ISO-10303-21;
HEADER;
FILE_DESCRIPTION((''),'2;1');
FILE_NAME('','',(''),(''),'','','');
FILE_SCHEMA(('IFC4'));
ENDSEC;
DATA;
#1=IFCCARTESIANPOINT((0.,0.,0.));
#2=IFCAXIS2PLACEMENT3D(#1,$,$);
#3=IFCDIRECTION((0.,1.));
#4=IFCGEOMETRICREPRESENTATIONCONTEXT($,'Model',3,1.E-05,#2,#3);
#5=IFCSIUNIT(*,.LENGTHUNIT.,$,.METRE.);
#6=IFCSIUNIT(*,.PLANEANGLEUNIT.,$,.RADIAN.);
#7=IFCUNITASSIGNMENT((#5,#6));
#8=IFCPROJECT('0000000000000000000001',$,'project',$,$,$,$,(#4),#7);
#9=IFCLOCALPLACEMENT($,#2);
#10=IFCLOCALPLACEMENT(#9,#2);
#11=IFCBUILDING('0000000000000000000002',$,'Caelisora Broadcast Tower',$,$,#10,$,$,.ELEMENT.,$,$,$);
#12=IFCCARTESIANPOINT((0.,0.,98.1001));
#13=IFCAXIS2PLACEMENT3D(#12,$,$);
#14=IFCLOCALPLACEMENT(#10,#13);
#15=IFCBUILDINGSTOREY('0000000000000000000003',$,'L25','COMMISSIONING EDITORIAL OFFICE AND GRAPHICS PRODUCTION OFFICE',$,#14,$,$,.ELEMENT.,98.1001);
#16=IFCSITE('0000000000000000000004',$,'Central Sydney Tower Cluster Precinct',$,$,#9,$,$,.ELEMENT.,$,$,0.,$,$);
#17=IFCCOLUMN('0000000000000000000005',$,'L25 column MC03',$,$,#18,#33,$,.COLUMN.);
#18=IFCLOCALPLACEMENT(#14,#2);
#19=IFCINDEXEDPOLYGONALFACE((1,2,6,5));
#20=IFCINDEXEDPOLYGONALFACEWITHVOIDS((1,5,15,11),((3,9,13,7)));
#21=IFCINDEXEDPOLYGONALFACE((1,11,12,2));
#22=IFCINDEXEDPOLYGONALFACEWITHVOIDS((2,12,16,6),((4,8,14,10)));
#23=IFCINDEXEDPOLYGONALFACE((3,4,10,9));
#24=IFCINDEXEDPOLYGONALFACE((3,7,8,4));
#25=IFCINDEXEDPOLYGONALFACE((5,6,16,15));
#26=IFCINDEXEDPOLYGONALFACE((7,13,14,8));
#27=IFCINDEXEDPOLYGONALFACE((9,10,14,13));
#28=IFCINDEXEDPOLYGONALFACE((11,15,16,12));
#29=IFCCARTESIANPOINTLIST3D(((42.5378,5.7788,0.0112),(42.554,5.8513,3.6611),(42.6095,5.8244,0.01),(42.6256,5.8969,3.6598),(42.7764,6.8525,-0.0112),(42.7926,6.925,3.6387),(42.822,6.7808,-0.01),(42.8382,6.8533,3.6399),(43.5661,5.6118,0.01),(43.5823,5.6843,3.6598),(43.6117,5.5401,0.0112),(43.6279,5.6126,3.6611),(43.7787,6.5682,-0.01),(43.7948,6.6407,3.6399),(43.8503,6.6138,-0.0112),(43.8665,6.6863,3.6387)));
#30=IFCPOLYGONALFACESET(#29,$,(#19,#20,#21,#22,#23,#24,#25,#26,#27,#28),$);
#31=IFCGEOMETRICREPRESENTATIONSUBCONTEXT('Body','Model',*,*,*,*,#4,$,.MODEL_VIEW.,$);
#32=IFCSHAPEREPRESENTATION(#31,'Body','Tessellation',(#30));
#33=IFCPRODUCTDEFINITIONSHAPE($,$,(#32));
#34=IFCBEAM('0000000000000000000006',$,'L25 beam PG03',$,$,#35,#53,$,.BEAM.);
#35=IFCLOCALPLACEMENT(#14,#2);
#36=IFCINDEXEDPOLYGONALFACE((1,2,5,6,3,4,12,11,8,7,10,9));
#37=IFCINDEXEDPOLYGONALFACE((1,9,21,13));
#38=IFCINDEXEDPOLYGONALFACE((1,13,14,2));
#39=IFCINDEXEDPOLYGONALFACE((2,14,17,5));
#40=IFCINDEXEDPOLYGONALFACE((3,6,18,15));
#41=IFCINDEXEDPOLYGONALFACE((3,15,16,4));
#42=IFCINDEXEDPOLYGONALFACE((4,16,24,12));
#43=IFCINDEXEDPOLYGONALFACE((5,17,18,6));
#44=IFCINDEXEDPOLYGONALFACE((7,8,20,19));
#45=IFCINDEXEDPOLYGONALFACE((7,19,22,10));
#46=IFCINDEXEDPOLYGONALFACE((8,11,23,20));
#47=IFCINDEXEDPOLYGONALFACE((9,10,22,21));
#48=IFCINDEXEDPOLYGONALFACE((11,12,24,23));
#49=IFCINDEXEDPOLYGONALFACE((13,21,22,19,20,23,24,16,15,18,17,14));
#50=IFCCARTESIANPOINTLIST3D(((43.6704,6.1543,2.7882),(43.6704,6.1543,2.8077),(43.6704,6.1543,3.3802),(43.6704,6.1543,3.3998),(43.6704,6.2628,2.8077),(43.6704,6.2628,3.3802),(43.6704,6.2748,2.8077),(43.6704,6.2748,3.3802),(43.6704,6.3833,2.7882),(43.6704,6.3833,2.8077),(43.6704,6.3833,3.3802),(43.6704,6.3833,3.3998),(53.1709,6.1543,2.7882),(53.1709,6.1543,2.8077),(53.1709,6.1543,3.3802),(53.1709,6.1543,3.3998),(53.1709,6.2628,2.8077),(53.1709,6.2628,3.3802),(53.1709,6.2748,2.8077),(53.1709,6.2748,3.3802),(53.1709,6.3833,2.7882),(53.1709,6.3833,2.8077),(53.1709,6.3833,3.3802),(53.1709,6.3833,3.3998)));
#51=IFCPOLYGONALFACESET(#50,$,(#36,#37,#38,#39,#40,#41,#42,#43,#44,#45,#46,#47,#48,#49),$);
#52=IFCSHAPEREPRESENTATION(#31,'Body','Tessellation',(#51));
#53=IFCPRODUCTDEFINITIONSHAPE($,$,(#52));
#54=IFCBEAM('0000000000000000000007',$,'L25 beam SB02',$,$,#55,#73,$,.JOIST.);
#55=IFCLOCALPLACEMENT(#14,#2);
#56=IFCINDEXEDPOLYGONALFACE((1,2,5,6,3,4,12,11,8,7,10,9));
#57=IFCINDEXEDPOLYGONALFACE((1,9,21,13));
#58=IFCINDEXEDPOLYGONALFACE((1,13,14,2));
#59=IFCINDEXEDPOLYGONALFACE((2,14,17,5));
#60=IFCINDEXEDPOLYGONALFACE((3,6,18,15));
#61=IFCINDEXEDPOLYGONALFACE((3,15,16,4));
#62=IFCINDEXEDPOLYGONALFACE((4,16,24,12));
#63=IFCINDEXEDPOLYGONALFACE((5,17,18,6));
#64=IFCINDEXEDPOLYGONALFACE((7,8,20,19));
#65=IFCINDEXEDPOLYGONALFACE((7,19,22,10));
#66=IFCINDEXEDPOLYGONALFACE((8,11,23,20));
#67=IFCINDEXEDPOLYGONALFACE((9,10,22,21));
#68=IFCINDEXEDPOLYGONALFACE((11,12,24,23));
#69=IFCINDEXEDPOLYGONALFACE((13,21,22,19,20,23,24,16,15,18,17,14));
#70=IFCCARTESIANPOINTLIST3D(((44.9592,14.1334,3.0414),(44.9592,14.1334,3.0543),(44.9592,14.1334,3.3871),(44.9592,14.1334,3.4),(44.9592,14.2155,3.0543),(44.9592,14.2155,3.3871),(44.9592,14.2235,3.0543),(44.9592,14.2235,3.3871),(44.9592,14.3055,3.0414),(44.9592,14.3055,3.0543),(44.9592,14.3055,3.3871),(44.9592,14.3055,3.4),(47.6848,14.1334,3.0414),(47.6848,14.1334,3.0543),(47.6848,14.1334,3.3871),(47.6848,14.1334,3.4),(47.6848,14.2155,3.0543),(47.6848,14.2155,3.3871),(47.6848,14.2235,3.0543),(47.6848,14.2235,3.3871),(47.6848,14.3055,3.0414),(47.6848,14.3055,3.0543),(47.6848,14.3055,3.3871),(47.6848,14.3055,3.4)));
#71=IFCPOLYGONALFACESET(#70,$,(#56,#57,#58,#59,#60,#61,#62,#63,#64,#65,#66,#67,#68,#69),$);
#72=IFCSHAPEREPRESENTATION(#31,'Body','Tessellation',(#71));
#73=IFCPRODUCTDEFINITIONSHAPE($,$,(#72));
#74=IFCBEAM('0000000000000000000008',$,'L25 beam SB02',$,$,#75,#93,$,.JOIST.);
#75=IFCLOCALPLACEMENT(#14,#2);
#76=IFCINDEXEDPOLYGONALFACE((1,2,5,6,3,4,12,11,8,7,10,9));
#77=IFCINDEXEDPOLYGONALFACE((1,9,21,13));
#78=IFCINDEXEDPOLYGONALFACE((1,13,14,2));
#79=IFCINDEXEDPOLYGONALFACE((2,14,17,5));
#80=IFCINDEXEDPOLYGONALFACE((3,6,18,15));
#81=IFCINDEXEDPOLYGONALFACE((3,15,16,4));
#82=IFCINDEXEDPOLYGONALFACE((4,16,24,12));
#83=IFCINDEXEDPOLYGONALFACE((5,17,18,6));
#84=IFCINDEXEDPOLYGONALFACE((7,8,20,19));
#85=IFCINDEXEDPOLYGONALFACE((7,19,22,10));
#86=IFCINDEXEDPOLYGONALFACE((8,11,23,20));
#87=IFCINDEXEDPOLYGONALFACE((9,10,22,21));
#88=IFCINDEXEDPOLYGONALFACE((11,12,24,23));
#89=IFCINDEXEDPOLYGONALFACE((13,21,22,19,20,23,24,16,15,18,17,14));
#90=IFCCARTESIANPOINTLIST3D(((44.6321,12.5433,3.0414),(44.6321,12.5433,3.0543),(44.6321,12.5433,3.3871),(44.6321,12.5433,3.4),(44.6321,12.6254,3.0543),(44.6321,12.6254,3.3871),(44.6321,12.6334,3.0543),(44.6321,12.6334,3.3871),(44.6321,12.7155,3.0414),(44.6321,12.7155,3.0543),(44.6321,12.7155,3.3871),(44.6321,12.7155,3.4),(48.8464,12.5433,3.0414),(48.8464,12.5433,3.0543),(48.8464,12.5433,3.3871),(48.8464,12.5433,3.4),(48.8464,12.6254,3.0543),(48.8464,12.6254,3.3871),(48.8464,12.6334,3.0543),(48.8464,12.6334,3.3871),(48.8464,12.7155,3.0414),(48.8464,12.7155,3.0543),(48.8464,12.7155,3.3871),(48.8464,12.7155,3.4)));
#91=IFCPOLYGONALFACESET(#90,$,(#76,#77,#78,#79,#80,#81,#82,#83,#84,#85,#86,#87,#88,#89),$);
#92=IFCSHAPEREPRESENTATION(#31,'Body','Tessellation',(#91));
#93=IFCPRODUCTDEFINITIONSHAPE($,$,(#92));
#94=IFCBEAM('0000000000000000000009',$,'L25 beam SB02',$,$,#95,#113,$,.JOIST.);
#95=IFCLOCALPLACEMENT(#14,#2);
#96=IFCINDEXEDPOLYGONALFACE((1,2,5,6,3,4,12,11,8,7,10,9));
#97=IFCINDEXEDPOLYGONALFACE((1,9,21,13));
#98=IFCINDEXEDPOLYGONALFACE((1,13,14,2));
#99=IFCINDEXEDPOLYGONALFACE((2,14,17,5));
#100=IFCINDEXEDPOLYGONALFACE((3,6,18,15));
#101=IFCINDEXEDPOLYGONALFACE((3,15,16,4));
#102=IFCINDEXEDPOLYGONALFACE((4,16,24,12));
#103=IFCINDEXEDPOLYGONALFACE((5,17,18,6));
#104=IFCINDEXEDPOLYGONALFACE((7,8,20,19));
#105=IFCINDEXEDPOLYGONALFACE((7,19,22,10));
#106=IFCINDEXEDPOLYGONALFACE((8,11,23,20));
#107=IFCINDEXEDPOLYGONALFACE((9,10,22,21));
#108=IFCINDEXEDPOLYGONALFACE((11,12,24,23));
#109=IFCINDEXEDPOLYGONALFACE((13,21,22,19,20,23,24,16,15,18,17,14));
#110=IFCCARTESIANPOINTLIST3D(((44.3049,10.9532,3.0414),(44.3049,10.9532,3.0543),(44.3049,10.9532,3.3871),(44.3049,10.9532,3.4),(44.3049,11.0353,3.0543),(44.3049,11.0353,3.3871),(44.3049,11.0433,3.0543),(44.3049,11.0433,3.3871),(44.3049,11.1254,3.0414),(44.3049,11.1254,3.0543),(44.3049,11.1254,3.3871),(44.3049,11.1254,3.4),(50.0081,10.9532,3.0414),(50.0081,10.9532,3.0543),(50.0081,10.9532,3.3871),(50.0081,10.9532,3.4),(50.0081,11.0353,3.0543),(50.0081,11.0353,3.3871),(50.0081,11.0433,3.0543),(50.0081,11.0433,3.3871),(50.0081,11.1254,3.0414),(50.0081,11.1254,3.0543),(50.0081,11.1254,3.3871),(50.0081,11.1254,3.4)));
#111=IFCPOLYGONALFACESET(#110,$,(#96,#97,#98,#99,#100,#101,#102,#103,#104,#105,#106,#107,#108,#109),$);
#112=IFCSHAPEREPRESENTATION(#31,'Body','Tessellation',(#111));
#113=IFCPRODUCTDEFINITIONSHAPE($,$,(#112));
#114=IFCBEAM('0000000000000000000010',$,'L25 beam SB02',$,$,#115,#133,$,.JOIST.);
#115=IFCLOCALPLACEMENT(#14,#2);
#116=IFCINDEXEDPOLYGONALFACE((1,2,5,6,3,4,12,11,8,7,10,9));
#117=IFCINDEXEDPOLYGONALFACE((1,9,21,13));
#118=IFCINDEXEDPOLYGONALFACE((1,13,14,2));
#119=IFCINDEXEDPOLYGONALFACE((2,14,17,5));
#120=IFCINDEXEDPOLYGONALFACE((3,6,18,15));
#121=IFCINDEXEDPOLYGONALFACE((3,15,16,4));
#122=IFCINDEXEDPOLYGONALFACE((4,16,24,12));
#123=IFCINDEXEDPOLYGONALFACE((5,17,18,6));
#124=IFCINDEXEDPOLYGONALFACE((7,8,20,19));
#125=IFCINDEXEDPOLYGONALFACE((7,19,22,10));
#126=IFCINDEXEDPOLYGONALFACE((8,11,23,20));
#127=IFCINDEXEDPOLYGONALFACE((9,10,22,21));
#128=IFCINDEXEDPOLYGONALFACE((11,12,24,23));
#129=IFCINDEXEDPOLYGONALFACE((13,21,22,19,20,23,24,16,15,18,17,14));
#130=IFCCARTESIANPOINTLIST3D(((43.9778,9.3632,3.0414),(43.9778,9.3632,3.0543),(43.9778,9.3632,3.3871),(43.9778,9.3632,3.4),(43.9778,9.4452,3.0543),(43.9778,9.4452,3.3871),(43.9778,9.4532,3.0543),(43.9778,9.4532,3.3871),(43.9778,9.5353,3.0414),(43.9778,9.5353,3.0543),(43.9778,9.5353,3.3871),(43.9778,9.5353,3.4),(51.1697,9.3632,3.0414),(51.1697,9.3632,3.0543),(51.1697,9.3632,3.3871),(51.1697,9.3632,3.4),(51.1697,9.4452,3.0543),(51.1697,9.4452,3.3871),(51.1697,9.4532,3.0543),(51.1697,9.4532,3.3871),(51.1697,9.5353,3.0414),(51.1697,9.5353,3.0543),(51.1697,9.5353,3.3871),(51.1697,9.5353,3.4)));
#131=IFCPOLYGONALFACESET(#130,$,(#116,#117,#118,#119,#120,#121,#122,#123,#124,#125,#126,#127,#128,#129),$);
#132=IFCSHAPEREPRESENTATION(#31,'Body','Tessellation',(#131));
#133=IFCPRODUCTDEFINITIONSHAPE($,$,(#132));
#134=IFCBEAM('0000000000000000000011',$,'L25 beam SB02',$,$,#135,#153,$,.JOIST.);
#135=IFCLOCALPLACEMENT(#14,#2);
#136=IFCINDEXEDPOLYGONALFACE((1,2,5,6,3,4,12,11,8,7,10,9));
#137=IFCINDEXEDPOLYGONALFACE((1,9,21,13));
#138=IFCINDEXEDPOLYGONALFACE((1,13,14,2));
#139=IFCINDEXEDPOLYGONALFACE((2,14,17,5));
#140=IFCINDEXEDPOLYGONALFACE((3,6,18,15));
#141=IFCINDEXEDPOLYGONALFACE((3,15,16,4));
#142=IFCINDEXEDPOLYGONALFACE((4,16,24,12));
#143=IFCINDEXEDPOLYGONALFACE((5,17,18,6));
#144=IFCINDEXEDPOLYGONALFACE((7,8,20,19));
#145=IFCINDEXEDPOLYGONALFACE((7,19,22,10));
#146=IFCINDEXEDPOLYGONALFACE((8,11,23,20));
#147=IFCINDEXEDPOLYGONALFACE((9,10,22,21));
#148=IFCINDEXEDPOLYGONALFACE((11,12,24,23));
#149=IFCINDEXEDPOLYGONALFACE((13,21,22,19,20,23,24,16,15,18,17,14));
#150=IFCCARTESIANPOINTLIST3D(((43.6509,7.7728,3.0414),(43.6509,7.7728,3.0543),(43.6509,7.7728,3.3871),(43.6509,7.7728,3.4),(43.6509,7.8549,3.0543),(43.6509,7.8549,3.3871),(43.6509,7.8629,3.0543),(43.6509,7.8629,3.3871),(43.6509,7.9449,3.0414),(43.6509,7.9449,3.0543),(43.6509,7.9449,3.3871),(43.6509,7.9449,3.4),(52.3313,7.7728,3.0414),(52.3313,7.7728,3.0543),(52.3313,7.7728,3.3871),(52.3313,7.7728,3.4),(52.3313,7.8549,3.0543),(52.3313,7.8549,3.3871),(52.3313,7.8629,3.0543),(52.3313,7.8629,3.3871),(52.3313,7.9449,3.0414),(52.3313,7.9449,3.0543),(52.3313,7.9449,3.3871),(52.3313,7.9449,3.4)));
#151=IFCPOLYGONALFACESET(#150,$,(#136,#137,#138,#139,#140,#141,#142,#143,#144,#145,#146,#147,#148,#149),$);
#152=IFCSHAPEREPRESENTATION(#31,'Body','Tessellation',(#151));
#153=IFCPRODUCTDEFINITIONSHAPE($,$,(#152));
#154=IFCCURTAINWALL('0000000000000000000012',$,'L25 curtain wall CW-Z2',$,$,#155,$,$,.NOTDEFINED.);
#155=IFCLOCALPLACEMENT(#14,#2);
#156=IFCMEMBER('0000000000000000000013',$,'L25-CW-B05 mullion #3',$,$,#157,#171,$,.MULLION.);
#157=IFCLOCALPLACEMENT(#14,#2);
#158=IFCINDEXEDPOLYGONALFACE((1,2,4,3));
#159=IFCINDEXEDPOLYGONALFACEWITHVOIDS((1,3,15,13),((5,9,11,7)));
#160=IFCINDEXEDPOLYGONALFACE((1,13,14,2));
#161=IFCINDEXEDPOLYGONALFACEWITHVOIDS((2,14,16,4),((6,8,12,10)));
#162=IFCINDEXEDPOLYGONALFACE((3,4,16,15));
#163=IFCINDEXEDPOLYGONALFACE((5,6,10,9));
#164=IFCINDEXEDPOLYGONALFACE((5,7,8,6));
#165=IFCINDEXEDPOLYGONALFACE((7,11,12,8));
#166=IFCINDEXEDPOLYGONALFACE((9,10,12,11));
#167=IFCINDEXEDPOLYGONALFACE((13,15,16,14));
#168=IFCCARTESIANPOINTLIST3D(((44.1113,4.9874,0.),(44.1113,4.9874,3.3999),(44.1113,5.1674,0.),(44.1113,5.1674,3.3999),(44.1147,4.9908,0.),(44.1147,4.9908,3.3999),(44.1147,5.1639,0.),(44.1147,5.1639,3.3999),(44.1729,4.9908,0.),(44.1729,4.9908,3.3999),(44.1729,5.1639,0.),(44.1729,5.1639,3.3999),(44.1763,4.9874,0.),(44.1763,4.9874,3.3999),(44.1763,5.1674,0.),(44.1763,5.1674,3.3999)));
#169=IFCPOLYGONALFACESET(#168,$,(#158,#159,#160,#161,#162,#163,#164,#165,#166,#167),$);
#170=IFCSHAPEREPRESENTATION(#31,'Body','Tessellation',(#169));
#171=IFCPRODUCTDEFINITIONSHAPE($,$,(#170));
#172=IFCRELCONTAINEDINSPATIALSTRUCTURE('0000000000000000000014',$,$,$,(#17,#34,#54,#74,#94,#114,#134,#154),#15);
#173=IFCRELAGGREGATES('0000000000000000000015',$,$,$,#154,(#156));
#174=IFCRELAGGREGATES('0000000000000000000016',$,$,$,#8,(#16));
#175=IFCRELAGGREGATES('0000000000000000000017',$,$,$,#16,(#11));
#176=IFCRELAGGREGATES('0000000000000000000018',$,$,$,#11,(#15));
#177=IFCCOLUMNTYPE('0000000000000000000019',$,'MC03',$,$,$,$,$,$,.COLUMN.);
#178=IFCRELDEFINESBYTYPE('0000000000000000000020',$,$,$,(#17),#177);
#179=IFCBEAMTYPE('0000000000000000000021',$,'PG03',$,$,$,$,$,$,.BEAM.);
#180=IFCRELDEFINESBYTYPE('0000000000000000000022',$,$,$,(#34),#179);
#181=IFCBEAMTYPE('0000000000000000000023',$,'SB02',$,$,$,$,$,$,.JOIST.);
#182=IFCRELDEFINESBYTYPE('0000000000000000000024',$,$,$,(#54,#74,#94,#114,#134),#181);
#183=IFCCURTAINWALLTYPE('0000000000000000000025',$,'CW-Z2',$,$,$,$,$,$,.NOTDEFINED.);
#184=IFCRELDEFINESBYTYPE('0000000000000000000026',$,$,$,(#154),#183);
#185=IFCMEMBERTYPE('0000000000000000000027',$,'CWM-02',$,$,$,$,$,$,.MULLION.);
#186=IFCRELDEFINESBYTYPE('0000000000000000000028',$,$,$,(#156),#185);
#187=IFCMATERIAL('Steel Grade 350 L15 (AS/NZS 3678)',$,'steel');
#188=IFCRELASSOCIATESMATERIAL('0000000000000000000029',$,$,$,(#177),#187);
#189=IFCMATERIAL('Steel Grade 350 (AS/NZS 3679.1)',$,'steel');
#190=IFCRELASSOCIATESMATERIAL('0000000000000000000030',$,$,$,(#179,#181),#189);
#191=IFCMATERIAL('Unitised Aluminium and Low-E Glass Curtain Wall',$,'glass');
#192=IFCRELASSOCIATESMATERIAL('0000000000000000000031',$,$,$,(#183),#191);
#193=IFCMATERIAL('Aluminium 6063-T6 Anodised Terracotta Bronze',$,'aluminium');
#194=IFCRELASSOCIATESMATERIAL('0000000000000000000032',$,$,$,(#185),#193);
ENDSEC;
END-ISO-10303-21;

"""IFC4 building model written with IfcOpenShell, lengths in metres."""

from ifc_helpers import new_model, si_unit, direction, frame, origin, origin_2d, place, context, subcontext, project, spatial, hollow_rectangle, i_section, extrude, source, transform, mapped, material, material_profile, profile_set, type_object, type_shapes, element, aggregate, save


model = new_model("IFC4")

# Units and contexts
model_context = context("Model", 3, precision=1e-05, world=origin(), true_north=direction((0.0, 1.0)))
body_context = subcontext(model_context, "Body", "Model", "MODEL_VIEW")
ifc_project = project(units=[si_unit("LENGTHUNIT", "METRE"), si_unit("PLANEANGLEUNIT", "RADIAN")], contexts=[model_context])

# Site, building, storey
site_placement = place(None, origin())
site = spatial("IfcSite", under=ifc_project, at=site_placement, Name="Central Sydney Tower Cluster Precinct", CompositionType="ELEMENT", RefElevation=0.0)
building_placement = place(site_placement, origin())
building = spatial("IfcBuilding", under=site, at=building_placement, Name="Caelisora Broadcast Tower", CompositionType="ELEMENT")
storey_placement = place(building_placement, frame((0.0, 0.0, 98.1001)))
storey = spatial("IfcBuildingStorey", under=building, at=storey_placement, Name="L25", Description="COMMISSIONING EDITORIAL OFFICE AND GRAPHICS PRODUCTION OFFICE", CompositionType="ELEMENT", Elevation=98.1001)

# Column
ifc_material_1 = material(Name="Steel Grade 350 L15 (AS/NZS 3678)", Category="steel")
ifc_material_profile_1 = material_profile(ifc_material_1, hollow_rectangle(XDim=1.1001, YDim=1.1001, WallThickness=0.0601, at=origin_2d()), Name="Steel Grade 350 L15 (AS/NZS 3678)")
ifc_profile_set_1 = profile_set([ifc_material_profile_1], Name="Steel Grade 350 L15 (AS/NZS 3678)")
column_type = type_object("IfcColumnType", Name="MC03", PredefinedType="COLUMN", material=ifc_profile_set_1)
shared_shape_1 = source(origin(), body_context, "Body", "SweptSolid", [
    extrude(hollow_rectangle(XDim=1.1001, YDim=1.1001, WallThickness=0.0601, at=origin_2d()), origin(), (0.0, 0.0, 1.0), 3.6506),
])
type_shapes(column_type, [shared_shape_1])
column_placement = place(storey_placement, frame((43.1941, 6.1963, 0.0), z_axis=(0.004414, 0.019862, 0.999793), x_axis=(-0.976187, 0.21693, 0.0)))
element("IfcColumn", 1, at=column_placement, inside=storey, type_object=column_type, Name="L25 column MC03", PredefinedType="COLUMN", context=body_context, shape_type="MappedRepresentation", body=[
    mapped(shared_shape_1, transform((0.0, 0.0, 0.0), scale=1.0)),
])

# Beams
ifc_material_2 = material(Name="Steel Grade 350 (AS/NZS 3679.1)", Category="steel")
ifc_material_profile_2 = material_profile(ifc_material_2, i_section(OverallWidth=0.229, OverallDepth=0.6116, WebThickness=0.012, FlangeThickness=0.0195, at=origin_2d()), Name="Steel Grade 350 (AS/NZS 3679.1)")
ifc_profile_set_2 = profile_set([ifc_material_profile_2], Name="Steel Grade 350 (AS/NZS 3679.1)")
beam_type_1 = type_object("IfcBeamType", Name="PG03", PredefinedType="BEAM", material=ifc_profile_set_2)
shared_shape_2 = source(origin(), body_context, "Body", "SweptSolid", [
    extrude(i_section(OverallWidth=0.229, OverallDepth=0.6116, WebThickness=0.012, FlangeThickness=0.0195, at=origin_2d()), origin(), (0.0, 0.0, 1.0), 9.5005),
])
type_shapes(beam_type_1, [shared_shape_2])
beam_1_placement = place(storey_placement, frame((43.6704, 6.2688, 3.094), z_axis=(1.0, 0.0, 0.0), x_axis=(0.0, 1.0, 0.0)))
element("IfcBeam", 2, at=beam_1_placement, inside=storey, type_object=beam_type_1, Name="L25 beam PG03", PredefinedType="BEAM", context=body_context, shape_type="MappedRepresentation", body=[
    mapped(shared_shape_2, transform((0.0, 0.0, 0.0), scale=1.0)),
])
ifc_material_profile_3 = material_profile(ifc_material_2, i_section(OverallWidth=0.1721, OverallDepth=0.3586, WebThickness=0.0081, FlangeThickness=0.0129, at=origin_2d()), Name="Steel Grade 350 (AS/NZS 3679.1)")
ifc_profile_set_3 = profile_set([ifc_material_profile_3], Name="Steel Grade 350 (AS/NZS 3679.1)")
beam_type_2 = type_object("IfcBeamType", Name="SB02", PredefinedType="JOIST", material=ifc_profile_set_3)
shared_shape_3 = source(origin(), body_context, "Body", "SweptSolid", [
    extrude(i_section(OverallWidth=0.1721, OverallDepth=0.3586, WebThickness=0.0081, FlangeThickness=0.0129, at=origin_2d()), origin(), (0.0, 0.0, 1.0), 2.7256),
])
beam_2_placement = place(storey_placement, frame((44.9592, 14.2195, 3.2207), z_axis=(1.0, 0.0, 0.0), x_axis=(0.0, 1.0, 0.0)))
element("IfcBeam", 3, at=beam_2_placement, inside=storey, type_object=beam_type_2, Name="L25 beam SB02", PredefinedType="JOIST", context=body_context, shape_type="MappedRepresentation", body=[
    mapped(shared_shape_3, transform((0.0, 0.0, 0.0), scale=1.0)),
])
shared_shape_4 = source(origin(), body_context, "Body", "SweptSolid", [
    extrude(i_section(OverallWidth=0.1721, OverallDepth=0.3586, WebThickness=0.0081, FlangeThickness=0.0129, at=origin_2d()), origin(), (0.0, 0.0, 1.0), 4.2144),
])
beam_3_placement = place(storey_placement, frame((44.6321, 12.6294, 3.2207), z_axis=(1.0, 0.0, 0.0), x_axis=(0.0, 1.0, 0.0)))
element("IfcBeam", 4, at=beam_3_placement, inside=storey, type_object=beam_type_2, Name="L25 beam SB02", PredefinedType="JOIST", context=body_context, shape_type="MappedRepresentation", body=[
    mapped(shared_shape_4, transform((0.0, 0.0, 0.0), scale=1.0)),
])
shared_shape_5 = source(origin(), body_context, "Body", "SweptSolid", [
    extrude(i_section(OverallWidth=0.1721, OverallDepth=0.3586, WebThickness=0.0081, FlangeThickness=0.0129, at=origin_2d()), origin(), (0.0, 0.0, 1.0), 5.7031),
])
beam_4_placement = place(storey_placement, frame((44.3049, 11.0393, 3.2207), z_axis=(1.0, 0.0, 0.0), x_axis=(0.0, 1.0, 0.0)))
element("IfcBeam", 5, at=beam_4_placement, inside=storey, type_object=beam_type_2, Name="L25 beam SB02", PredefinedType="JOIST", context=body_context, shape_type="MappedRepresentation", body=[
    mapped(shared_shape_5, transform((0.0, 0.0, 0.0), scale=1.0)),
])
shared_shape_6 = source(origin(), body_context, "Body", "SweptSolid", [
    extrude(i_section(OverallWidth=0.1721, OverallDepth=0.3586, WebThickness=0.0081, FlangeThickness=0.0129, at=origin_2d()), origin(), (0.0, 0.0, 1.0), 7.1919),
])
beam_5_placement = place(storey_placement, frame((43.9778, 9.4492, 3.2207), z_axis=(1.0, 0.0, 0.0), x_axis=(0.0, 1.0, 0.0)))
element("IfcBeam", 6, at=beam_5_placement, inside=storey, type_object=beam_type_2, Name="L25 beam SB02", PredefinedType="JOIST", context=body_context, shape_type="MappedRepresentation", body=[
    mapped(shared_shape_6, transform((0.0, 0.0, 0.0), scale=1.0)),
])
shared_shape_7 = source(origin(), body_context, "Body", "SweptSolid", [
    extrude(i_section(OverallWidth=0.1721, OverallDepth=0.3586, WebThickness=0.0081, FlangeThickness=0.0129, at=origin_2d()), origin(), (0.0, 0.0, 1.0), 8.6804),
])
type_shapes(beam_type_2, [shared_shape_3, shared_shape_4, shared_shape_5, shared_shape_6, shared_shape_7])
beam_6_placement = place(storey_placement, frame((43.6509, 7.8589, 3.2207), z_axis=(1.0, 0.0, 0.0), x_axis=(0.0, 1.0, 0.0)))
element("IfcBeam", 7, at=beam_6_placement, inside=storey, type_object=beam_type_2, Name="L25 beam SB02", PredefinedType="JOIST", context=body_context, shape_type="MappedRepresentation", body=[
    mapped(shared_shape_7, transform((0.0, 0.0, 0.0), scale=1.0)),
])

# Curtain wall, member
ifc_material_3 = material(Name="Unitised Aluminium and Low-E Glass Curtain Wall", Category="glass")
curtain_wall_type_1 = type_object("IfcCurtainWallType", Name="CW-Z2", PredefinedType="NOTDEFINED", material=ifc_material_3)
curtain_wall_1_placement = place(storey_placement, origin())
curtain_wall_1 = element("IfcCurtainWall", 8, at=curtain_wall_1_placement, inside=storey, type_object=curtain_wall_type_1, Name="L25 curtain wall CW-Z2", PredefinedType="NOTDEFINED")
ifc_material_4 = material(Name="Aluminium 6063-T6 Anodised Terracotta Bronze", Category="aluminium")
ifc_material_profile_4 = material_profile(ifc_material_4, hollow_rectangle(XDim=0.0649, YDim=0.1799, WallThickness=0.0034, at=origin_2d()), Name="Aluminium 6063-T6 Anodised Terracotta Bronze")
ifc_profile_set_4 = profile_set([ifc_material_profile_4], Name="Aluminium 6063-T6 Anodised Terracotta Bronze")
member_type_1 = type_object("IfcMemberType", Name="CWM-02", PredefinedType="MULLION", material=ifc_profile_set_4)
shared_shape_8 = source(origin(), body_context, "Body", "SweptSolid", [
    extrude(hollow_rectangle(XDim=0.0649, YDim=0.1799, WallThickness=0.0034, at=origin_2d()), origin(), (0.0, 0.0, 1.0), 3.3999),
])
type_shapes(member_type_1, [shared_shape_8])
member_1_placement = place(storey_placement, frame((44.1438, 5.0774, 0.0), z_axis=(0.0, 0.0, 1.0), x_axis=(1.0, 0.0, 0.0)))
member_1 = element("IfcMember", 9, at=member_1_placement, type_object=member_type_1, Name="L25-CW-B05 mullion #3", PredefinedType="MULLION", context=body_context, shape_type="MappedRepresentation", body=[
    mapped(shared_shape_8, transform((0.0, 0.0, 0.0), scale=1.0)),
])

aggregate(curtain_wall_1, [member_1])

save(model, "model.ifc")
